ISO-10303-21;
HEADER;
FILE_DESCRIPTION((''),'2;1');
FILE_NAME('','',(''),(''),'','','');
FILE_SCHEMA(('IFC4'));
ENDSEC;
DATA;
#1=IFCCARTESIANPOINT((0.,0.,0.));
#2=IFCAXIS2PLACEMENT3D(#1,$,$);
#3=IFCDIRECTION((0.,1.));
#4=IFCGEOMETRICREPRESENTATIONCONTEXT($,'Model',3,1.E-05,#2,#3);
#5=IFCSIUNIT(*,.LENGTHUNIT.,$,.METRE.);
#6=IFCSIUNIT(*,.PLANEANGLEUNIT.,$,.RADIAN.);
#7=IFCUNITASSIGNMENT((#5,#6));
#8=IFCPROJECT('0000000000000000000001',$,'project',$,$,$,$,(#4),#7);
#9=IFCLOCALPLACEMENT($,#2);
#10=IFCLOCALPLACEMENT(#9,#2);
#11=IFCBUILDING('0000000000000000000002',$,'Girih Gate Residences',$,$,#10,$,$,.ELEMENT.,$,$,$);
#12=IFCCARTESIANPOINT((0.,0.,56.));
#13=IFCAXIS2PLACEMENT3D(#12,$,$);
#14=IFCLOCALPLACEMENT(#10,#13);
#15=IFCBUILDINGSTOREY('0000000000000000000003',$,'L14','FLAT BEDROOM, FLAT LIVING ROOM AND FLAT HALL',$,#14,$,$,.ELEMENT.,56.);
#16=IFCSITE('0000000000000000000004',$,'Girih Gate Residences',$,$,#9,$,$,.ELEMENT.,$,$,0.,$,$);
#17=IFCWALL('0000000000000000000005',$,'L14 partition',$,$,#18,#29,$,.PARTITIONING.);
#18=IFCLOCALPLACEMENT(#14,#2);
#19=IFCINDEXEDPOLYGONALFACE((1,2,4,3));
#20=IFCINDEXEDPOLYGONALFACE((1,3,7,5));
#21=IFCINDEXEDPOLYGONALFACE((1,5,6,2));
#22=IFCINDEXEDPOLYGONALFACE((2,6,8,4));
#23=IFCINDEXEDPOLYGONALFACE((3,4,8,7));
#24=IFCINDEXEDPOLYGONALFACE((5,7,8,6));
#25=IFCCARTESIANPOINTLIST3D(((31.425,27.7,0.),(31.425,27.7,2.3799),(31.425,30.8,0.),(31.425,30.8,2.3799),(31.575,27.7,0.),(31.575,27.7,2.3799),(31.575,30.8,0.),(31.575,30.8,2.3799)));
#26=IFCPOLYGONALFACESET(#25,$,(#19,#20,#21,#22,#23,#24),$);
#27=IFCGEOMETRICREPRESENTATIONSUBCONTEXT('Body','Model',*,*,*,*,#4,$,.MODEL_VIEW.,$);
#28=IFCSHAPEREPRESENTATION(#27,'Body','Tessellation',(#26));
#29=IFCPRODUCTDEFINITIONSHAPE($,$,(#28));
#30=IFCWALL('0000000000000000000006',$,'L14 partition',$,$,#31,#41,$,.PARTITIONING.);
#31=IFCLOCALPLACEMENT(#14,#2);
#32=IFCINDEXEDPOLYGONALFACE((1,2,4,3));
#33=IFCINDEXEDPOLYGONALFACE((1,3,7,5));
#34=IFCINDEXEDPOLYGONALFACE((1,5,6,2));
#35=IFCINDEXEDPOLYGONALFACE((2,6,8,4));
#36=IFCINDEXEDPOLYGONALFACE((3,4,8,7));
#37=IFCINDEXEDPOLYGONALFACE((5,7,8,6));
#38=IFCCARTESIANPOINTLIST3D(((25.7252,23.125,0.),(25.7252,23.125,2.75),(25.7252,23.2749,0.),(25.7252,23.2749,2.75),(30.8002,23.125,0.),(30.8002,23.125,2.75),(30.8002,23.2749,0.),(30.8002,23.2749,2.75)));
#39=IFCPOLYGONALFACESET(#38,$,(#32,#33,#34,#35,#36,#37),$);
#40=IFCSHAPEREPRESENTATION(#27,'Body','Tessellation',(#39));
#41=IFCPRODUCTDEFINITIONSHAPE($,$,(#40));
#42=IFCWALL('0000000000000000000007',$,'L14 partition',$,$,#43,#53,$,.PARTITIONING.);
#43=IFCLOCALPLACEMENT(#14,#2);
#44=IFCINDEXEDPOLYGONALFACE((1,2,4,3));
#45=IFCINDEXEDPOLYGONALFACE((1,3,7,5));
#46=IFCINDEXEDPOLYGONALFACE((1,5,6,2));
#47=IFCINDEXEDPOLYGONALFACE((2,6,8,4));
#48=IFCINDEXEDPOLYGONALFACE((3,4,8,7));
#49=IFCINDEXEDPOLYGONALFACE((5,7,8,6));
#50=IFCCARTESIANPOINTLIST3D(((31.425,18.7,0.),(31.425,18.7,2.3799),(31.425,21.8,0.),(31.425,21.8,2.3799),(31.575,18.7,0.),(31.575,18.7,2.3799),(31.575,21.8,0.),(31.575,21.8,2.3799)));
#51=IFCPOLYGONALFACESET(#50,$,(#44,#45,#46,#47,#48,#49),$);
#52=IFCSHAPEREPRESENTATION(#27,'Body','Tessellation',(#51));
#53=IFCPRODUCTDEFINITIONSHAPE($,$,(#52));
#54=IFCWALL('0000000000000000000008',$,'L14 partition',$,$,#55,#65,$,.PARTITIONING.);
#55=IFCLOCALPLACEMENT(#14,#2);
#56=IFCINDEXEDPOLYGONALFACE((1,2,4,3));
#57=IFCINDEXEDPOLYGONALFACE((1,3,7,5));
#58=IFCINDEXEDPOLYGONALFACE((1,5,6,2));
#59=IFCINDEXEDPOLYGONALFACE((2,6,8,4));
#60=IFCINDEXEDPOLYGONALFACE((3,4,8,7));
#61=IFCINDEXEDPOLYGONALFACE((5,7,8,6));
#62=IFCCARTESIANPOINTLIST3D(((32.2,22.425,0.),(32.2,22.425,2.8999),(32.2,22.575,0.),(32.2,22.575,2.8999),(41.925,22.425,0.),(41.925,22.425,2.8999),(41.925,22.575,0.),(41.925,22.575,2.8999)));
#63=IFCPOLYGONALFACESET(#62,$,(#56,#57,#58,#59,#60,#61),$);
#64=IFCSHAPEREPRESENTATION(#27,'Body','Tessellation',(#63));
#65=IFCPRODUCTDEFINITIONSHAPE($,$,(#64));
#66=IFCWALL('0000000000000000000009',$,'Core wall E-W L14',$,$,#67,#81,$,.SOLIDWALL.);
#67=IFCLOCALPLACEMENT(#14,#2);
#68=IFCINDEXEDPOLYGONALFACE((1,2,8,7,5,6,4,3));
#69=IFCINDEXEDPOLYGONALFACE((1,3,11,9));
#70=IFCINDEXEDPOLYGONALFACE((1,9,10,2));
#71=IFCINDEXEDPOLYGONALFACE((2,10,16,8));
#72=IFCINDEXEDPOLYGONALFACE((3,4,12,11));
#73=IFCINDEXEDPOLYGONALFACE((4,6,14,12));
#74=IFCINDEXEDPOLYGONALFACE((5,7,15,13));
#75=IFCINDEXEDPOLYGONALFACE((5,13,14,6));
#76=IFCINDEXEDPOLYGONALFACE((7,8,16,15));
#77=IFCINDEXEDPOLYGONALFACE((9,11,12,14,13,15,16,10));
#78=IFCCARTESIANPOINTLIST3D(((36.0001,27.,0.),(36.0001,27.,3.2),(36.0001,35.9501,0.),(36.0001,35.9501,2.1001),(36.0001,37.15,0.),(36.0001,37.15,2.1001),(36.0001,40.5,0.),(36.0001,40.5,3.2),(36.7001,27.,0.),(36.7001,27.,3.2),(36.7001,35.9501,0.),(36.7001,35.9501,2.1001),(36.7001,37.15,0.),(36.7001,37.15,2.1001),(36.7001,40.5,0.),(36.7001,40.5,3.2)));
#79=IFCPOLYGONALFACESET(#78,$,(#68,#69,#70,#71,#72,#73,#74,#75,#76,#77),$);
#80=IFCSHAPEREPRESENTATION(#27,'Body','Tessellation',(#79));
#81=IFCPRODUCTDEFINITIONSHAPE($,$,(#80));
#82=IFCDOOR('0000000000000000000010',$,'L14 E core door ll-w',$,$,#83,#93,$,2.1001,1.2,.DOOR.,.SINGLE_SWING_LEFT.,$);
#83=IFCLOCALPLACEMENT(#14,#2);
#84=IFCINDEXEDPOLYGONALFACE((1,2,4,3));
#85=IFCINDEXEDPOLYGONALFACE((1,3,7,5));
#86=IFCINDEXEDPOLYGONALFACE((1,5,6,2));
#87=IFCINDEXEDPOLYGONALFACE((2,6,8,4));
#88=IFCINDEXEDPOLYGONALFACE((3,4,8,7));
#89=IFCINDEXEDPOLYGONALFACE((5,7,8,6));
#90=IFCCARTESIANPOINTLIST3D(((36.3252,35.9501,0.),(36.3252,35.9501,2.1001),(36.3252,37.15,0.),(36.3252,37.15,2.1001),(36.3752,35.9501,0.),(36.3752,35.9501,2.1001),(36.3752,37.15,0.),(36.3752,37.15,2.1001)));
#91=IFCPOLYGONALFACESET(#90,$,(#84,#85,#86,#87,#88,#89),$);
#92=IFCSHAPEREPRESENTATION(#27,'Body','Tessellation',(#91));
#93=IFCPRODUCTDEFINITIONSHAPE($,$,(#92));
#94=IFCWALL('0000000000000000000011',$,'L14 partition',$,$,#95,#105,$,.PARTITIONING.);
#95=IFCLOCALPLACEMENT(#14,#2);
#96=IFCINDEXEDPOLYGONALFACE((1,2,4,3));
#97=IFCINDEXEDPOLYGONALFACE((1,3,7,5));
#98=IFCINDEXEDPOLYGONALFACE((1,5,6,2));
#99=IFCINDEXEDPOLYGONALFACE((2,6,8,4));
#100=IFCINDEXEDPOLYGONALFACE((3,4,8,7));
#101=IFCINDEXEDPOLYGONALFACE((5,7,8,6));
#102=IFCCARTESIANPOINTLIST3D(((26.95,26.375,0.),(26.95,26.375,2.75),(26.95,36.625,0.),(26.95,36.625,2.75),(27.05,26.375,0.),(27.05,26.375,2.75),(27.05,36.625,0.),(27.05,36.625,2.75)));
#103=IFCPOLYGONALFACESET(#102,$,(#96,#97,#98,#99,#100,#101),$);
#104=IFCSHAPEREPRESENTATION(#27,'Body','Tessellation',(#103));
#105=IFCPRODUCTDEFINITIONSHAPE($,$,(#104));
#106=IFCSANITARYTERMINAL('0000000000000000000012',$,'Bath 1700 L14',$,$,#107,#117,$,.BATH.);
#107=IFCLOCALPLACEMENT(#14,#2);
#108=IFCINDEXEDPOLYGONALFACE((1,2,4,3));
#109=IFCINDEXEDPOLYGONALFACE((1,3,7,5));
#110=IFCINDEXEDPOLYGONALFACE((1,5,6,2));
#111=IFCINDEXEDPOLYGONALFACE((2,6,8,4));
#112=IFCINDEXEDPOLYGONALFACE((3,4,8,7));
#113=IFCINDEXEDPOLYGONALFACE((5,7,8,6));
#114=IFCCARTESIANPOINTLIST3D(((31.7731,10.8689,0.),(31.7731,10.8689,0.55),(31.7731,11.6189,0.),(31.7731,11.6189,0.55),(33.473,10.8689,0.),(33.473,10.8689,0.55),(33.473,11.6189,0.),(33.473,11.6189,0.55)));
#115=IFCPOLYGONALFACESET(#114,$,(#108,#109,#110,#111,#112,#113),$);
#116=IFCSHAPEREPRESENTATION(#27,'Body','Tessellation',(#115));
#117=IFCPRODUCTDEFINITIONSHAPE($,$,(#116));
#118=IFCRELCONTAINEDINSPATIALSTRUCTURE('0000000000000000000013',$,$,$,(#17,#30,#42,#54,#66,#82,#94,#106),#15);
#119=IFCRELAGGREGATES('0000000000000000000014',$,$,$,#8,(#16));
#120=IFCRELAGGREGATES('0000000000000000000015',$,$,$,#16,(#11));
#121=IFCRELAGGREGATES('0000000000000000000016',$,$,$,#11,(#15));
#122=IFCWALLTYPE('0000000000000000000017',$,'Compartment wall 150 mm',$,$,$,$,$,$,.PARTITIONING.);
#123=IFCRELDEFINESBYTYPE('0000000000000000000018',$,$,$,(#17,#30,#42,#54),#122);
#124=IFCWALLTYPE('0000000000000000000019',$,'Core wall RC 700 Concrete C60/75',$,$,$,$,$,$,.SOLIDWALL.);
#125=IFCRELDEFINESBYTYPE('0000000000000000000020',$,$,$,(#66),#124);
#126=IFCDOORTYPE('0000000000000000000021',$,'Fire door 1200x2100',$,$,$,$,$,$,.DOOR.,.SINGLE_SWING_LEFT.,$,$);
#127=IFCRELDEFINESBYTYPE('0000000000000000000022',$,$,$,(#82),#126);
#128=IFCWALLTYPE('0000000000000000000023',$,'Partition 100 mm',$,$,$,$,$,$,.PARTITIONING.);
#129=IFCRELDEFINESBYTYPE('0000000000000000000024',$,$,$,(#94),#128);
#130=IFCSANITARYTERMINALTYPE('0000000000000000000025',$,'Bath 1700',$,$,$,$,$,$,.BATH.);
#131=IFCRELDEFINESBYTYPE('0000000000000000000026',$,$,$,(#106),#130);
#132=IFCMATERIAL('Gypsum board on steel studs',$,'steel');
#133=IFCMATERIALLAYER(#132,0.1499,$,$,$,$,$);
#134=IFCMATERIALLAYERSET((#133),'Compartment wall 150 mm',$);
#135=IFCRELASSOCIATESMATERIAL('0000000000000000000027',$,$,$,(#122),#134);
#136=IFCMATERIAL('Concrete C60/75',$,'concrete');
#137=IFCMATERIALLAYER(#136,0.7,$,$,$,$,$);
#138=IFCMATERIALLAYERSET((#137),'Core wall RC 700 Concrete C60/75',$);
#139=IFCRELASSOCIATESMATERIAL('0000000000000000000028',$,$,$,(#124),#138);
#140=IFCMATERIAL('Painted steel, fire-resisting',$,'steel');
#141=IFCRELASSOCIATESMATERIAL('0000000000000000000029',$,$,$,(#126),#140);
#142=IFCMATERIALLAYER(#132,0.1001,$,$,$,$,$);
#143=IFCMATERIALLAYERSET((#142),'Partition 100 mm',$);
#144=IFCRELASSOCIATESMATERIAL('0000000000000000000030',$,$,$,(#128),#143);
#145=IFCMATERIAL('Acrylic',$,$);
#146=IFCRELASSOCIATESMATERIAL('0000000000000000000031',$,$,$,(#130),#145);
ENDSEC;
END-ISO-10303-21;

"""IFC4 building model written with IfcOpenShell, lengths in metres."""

from ifc_helpers import new_model, si_unit, direction, frame, frame_2d, origin, origin_2d, place, context, subcontext, project, spatial, rectangle, extrude, material, layer, layer_set, type_object, element, fill, save


model = new_model("IFC4")

# Units and contexts
model_context = context("Model", 3, precision=1e-05, world=origin(), true_north=direction((0.0, 1.0)))
body_context = subcontext(model_context, "Body", "Model", "MODEL_VIEW")
ifc_project = project(units=[si_unit("LENGTHUNIT", "METRE"), si_unit("PLANEANGLEUNIT", "RADIAN")], contexts=[model_context])

# Site, building, storey
site_placement = place(None, origin())
site = spatial("IfcSite", under=ifc_project, at=site_placement, Name="Girih Gate Residences", CompositionType="ELEMENT", RefElevation=0.0)
building_placement = place(site_placement, origin())
building = spatial("IfcBuilding", under=site, at=building_placement, Name="Girih Gate Residences", CompositionType="ELEMENT")
storey_placement = place(building_placement, frame((0.0, 0.0, 56.0)))
storey = spatial("IfcBuildingStorey", under=building, at=storey_placement, Name="L14", Description="FLAT BEDROOM, FLAT LIVING ROOM AND FLAT HALL", CompositionType="ELEMENT", Elevation=56.0)

# Shared definitions
ifc_material_1 = material(Name="Concrete C60/75", Category="concrete")

# Shared definitions
ifc_material_2 = material(Name="Gypsum board on steel studs", Category="steel")
ifc_layer_1 = layer(ifc_material_2, 0.1499)
ifc_layer_set_1 = layer_set([ifc_layer_1], Name="Compartment wall 150 mm")
wall_type_1 = type_object("IfcWallType", Name="Compartment wall 150 mm", PredefinedType="PARTITIONING", material=ifc_layer_set_1)

# Walls
wall_1_placement = place(storey_placement, frame((31.5, 27.7, 0.0), z_axis=(0.0, 0.0, 1.0), x_axis=(0.0, 1.0, 0.0)))
element("IfcWall", 1, at=wall_1_placement, inside=storey, type_object=wall_type_1, Name="L14 partition", PredefinedType="PARTITIONING", context=body_context, shape_type="SweptSolid", body=[
    extrude(rectangle(XDim=3.1001, YDim=0.1499, at=frame_2d((1.55, 0.0))), origin(), (0.0, 0.0, 1.0), 2.3799),
])
wall_2_placement = place(storey_placement, frame((25.7251, 23.2, 0.0), z_axis=(0.0, 0.0, 1.0), x_axis=(1.0, 0.0, 0.0)))
element("IfcWall", 2, at=wall_2_placement, inside=storey, type_object=wall_type_1, Name="L14 partition", PredefinedType="PARTITIONING", context=body_context, shape_type="SweptSolid", body=[
    extrude(rectangle(XDim=5.075, YDim=0.1499, at=frame_2d((2.5376, 0.0))), origin(), (0.0, 0.0, 1.0), 2.75),
])
wall_3_placement = place(storey_placement, frame((31.5, 18.7, 0.0), z_axis=(0.0, 0.0, 1.0), x_axis=(0.0, 1.0, 0.0)))
element("IfcWall", 3, at=wall_3_placement, inside=storey, type_object=wall_type_1, Name="L14 partition", PredefinedType="PARTITIONING", context=body_context, shape_type="SweptSolid", body=[
    extrude(rectangle(XDim=3.1001, YDim=0.1499, at=frame_2d((1.55, 0.0))), origin(), (0.0, 0.0, 1.0), 2.3799),
])
wall_4_placement = place(storey_placement, frame((32.2, 22.5, 0.0), z_axis=(0.0, 0.0, 1.0), x_axis=(1.0, 0.0, 0.0)))
element("IfcWall", 4, at=wall_4_placement, inside=storey, type_object=wall_type_1, Name="L14 partition", PredefinedType="PARTITIONING", context=body_context, shape_type="SweptSolid", body=[
    extrude(rectangle(XDim=9.7251, YDim=0.1499, at=frame_2d((4.8625, 0.0))), origin(), (0.0, 0.0, 1.0), 2.8999),
])

# Wall, opening, door
ifc_layer_2 = layer(ifc_material_1, 0.7)
ifc_layer_set_2 = layer_set([ifc_layer_2], Name="Core wall RC 700 Concrete C60/75")
wall_type_2 = type_object("IfcWallType", Name="Core wall RC 700 Concrete C60/75", PredefinedType="SOLIDWALL", material=ifc_layer_set_2)
wall_5_placement = place(storey_placement, frame((36.3501, 27.0, 0.0), z_axis=(0.0, 0.0, 1.0), x_axis=(0.0, 1.0, 0.0)))
wall_5 = element("IfcWall", 5, at=wall_5_placement, inside=storey, type_object=wall_type_2, Name="Core wall E-W L14", PredefinedType="SOLIDWALL", context=body_context, shape_type="SweptSolid", body=[
    extrude(rectangle(XDim=13.5, YDim=0.7, at=frame_2d((6.75, 0.0))), origin(), (0.0, 0.0, 1.0), 3.2),
])
opening_1_placement = place(wall_5_placement, frame((8.95, 0.0, 0.0)))
opening_1 = element("IfcOpeningElement", 6, at=opening_1_placement, cuts=wall_5, PredefinedType="OPENING", context=body_context, shape_type="SweptSolid", body=[
    extrude(rectangle(XDim=1.2, YDim=2.1001, at=frame_2d((0.6001, 1.05))), frame((0.0, 0.3599, 0.0), z_axis=(0.0, -1.0, 0.0), x_axis=(1.0, 0.0, 0.0)), (0.0, 0.0, 1.0), 0.72),
])
ifc_material_3 = material(Name="Painted steel, fire-resisting", Category="steel")
door_type_1 = type_object("IfcDoorType", Name="Fire door 1200x2100", OperationType="SINGLE_SWING_LEFT", PredefinedType="DOOR", material=ifc_material_3)
door_1_placement = place(opening_1_placement, origin())
door_1 = element("IfcDoor", 7, at=door_1_placement, inside=storey, type_object=door_type_1, Name="L14 E core door ll-w", OperationType="SINGLE_SWING_LEFT", OverallHeight=2.1001, OverallWidth=1.2, PredefinedType="DOOR", context=body_context, shape_type="SweptSolid", body=[
    extrude(rectangle(XDim=1.2, YDim=2.1001, at=frame_2d((0.6001, 1.05))), frame((0.0, 0.0249, 0.0), z_axis=(0.0, -1.0, 0.0), x_axis=(1.0, 0.0, 0.0)), (0.0, 0.0, 1.0), 0.05),
])
fill(opening_1, door_1)

# Wall
ifc_layer_3 = layer(ifc_material_2, 0.1001)
ifc_layer_set_3 = layer_set([ifc_layer_3], Name="Partition 100 mm")
wall_type_3 = type_object("IfcWallType", Name="Partition 100 mm", PredefinedType="PARTITIONING", material=ifc_layer_set_3)
wall_6_placement = place(storey_placement, frame((27.0, 26.375, 0.0), z_axis=(0.0, 0.0, 1.0), x_axis=(0.0, 1.0, 0.0)))
element("IfcWall", 8, at=wall_6_placement, inside=storey, type_object=wall_type_3, Name="L14 partition", PredefinedType="PARTITIONING", context=body_context, shape_type="SweptSolid", body=[
    extrude(rectangle(XDim=10.25, YDim=0.1001, at=frame_2d((5.125, 0.0))), origin(), (0.0, 0.0, 1.0), 2.75),
])

# Sanitary terminal
ifc_material_4 = material(Name="Acrylic")
sanitary_terminal_type = type_object("IfcSanitaryTerminalType", Name="Bath 1700", PredefinedType="BATH", material=ifc_material_4)
sanitary_terminal_placement = place(storey_placement, frame((32.623, 11.2439, 0.0), z_axis=(0.0, 0.0, 1.0), x_axis=(1.0, 0.0, 0.0)))
element("IfcSanitaryTerminal", 9, at=sanitary_terminal_placement, inside=storey, type_object=sanitary_terminal_type, Name="Bath 1700 L14", PredefinedType="BATH", context=body_context, shape_type="SweptSolid", body=[
    extrude(rectangle(XDim=1.7, YDim=0.75, at=origin_2d()), origin(), (0.0, 0.0, 1.0), 0.55),
])

save(model, "model.ifc")
